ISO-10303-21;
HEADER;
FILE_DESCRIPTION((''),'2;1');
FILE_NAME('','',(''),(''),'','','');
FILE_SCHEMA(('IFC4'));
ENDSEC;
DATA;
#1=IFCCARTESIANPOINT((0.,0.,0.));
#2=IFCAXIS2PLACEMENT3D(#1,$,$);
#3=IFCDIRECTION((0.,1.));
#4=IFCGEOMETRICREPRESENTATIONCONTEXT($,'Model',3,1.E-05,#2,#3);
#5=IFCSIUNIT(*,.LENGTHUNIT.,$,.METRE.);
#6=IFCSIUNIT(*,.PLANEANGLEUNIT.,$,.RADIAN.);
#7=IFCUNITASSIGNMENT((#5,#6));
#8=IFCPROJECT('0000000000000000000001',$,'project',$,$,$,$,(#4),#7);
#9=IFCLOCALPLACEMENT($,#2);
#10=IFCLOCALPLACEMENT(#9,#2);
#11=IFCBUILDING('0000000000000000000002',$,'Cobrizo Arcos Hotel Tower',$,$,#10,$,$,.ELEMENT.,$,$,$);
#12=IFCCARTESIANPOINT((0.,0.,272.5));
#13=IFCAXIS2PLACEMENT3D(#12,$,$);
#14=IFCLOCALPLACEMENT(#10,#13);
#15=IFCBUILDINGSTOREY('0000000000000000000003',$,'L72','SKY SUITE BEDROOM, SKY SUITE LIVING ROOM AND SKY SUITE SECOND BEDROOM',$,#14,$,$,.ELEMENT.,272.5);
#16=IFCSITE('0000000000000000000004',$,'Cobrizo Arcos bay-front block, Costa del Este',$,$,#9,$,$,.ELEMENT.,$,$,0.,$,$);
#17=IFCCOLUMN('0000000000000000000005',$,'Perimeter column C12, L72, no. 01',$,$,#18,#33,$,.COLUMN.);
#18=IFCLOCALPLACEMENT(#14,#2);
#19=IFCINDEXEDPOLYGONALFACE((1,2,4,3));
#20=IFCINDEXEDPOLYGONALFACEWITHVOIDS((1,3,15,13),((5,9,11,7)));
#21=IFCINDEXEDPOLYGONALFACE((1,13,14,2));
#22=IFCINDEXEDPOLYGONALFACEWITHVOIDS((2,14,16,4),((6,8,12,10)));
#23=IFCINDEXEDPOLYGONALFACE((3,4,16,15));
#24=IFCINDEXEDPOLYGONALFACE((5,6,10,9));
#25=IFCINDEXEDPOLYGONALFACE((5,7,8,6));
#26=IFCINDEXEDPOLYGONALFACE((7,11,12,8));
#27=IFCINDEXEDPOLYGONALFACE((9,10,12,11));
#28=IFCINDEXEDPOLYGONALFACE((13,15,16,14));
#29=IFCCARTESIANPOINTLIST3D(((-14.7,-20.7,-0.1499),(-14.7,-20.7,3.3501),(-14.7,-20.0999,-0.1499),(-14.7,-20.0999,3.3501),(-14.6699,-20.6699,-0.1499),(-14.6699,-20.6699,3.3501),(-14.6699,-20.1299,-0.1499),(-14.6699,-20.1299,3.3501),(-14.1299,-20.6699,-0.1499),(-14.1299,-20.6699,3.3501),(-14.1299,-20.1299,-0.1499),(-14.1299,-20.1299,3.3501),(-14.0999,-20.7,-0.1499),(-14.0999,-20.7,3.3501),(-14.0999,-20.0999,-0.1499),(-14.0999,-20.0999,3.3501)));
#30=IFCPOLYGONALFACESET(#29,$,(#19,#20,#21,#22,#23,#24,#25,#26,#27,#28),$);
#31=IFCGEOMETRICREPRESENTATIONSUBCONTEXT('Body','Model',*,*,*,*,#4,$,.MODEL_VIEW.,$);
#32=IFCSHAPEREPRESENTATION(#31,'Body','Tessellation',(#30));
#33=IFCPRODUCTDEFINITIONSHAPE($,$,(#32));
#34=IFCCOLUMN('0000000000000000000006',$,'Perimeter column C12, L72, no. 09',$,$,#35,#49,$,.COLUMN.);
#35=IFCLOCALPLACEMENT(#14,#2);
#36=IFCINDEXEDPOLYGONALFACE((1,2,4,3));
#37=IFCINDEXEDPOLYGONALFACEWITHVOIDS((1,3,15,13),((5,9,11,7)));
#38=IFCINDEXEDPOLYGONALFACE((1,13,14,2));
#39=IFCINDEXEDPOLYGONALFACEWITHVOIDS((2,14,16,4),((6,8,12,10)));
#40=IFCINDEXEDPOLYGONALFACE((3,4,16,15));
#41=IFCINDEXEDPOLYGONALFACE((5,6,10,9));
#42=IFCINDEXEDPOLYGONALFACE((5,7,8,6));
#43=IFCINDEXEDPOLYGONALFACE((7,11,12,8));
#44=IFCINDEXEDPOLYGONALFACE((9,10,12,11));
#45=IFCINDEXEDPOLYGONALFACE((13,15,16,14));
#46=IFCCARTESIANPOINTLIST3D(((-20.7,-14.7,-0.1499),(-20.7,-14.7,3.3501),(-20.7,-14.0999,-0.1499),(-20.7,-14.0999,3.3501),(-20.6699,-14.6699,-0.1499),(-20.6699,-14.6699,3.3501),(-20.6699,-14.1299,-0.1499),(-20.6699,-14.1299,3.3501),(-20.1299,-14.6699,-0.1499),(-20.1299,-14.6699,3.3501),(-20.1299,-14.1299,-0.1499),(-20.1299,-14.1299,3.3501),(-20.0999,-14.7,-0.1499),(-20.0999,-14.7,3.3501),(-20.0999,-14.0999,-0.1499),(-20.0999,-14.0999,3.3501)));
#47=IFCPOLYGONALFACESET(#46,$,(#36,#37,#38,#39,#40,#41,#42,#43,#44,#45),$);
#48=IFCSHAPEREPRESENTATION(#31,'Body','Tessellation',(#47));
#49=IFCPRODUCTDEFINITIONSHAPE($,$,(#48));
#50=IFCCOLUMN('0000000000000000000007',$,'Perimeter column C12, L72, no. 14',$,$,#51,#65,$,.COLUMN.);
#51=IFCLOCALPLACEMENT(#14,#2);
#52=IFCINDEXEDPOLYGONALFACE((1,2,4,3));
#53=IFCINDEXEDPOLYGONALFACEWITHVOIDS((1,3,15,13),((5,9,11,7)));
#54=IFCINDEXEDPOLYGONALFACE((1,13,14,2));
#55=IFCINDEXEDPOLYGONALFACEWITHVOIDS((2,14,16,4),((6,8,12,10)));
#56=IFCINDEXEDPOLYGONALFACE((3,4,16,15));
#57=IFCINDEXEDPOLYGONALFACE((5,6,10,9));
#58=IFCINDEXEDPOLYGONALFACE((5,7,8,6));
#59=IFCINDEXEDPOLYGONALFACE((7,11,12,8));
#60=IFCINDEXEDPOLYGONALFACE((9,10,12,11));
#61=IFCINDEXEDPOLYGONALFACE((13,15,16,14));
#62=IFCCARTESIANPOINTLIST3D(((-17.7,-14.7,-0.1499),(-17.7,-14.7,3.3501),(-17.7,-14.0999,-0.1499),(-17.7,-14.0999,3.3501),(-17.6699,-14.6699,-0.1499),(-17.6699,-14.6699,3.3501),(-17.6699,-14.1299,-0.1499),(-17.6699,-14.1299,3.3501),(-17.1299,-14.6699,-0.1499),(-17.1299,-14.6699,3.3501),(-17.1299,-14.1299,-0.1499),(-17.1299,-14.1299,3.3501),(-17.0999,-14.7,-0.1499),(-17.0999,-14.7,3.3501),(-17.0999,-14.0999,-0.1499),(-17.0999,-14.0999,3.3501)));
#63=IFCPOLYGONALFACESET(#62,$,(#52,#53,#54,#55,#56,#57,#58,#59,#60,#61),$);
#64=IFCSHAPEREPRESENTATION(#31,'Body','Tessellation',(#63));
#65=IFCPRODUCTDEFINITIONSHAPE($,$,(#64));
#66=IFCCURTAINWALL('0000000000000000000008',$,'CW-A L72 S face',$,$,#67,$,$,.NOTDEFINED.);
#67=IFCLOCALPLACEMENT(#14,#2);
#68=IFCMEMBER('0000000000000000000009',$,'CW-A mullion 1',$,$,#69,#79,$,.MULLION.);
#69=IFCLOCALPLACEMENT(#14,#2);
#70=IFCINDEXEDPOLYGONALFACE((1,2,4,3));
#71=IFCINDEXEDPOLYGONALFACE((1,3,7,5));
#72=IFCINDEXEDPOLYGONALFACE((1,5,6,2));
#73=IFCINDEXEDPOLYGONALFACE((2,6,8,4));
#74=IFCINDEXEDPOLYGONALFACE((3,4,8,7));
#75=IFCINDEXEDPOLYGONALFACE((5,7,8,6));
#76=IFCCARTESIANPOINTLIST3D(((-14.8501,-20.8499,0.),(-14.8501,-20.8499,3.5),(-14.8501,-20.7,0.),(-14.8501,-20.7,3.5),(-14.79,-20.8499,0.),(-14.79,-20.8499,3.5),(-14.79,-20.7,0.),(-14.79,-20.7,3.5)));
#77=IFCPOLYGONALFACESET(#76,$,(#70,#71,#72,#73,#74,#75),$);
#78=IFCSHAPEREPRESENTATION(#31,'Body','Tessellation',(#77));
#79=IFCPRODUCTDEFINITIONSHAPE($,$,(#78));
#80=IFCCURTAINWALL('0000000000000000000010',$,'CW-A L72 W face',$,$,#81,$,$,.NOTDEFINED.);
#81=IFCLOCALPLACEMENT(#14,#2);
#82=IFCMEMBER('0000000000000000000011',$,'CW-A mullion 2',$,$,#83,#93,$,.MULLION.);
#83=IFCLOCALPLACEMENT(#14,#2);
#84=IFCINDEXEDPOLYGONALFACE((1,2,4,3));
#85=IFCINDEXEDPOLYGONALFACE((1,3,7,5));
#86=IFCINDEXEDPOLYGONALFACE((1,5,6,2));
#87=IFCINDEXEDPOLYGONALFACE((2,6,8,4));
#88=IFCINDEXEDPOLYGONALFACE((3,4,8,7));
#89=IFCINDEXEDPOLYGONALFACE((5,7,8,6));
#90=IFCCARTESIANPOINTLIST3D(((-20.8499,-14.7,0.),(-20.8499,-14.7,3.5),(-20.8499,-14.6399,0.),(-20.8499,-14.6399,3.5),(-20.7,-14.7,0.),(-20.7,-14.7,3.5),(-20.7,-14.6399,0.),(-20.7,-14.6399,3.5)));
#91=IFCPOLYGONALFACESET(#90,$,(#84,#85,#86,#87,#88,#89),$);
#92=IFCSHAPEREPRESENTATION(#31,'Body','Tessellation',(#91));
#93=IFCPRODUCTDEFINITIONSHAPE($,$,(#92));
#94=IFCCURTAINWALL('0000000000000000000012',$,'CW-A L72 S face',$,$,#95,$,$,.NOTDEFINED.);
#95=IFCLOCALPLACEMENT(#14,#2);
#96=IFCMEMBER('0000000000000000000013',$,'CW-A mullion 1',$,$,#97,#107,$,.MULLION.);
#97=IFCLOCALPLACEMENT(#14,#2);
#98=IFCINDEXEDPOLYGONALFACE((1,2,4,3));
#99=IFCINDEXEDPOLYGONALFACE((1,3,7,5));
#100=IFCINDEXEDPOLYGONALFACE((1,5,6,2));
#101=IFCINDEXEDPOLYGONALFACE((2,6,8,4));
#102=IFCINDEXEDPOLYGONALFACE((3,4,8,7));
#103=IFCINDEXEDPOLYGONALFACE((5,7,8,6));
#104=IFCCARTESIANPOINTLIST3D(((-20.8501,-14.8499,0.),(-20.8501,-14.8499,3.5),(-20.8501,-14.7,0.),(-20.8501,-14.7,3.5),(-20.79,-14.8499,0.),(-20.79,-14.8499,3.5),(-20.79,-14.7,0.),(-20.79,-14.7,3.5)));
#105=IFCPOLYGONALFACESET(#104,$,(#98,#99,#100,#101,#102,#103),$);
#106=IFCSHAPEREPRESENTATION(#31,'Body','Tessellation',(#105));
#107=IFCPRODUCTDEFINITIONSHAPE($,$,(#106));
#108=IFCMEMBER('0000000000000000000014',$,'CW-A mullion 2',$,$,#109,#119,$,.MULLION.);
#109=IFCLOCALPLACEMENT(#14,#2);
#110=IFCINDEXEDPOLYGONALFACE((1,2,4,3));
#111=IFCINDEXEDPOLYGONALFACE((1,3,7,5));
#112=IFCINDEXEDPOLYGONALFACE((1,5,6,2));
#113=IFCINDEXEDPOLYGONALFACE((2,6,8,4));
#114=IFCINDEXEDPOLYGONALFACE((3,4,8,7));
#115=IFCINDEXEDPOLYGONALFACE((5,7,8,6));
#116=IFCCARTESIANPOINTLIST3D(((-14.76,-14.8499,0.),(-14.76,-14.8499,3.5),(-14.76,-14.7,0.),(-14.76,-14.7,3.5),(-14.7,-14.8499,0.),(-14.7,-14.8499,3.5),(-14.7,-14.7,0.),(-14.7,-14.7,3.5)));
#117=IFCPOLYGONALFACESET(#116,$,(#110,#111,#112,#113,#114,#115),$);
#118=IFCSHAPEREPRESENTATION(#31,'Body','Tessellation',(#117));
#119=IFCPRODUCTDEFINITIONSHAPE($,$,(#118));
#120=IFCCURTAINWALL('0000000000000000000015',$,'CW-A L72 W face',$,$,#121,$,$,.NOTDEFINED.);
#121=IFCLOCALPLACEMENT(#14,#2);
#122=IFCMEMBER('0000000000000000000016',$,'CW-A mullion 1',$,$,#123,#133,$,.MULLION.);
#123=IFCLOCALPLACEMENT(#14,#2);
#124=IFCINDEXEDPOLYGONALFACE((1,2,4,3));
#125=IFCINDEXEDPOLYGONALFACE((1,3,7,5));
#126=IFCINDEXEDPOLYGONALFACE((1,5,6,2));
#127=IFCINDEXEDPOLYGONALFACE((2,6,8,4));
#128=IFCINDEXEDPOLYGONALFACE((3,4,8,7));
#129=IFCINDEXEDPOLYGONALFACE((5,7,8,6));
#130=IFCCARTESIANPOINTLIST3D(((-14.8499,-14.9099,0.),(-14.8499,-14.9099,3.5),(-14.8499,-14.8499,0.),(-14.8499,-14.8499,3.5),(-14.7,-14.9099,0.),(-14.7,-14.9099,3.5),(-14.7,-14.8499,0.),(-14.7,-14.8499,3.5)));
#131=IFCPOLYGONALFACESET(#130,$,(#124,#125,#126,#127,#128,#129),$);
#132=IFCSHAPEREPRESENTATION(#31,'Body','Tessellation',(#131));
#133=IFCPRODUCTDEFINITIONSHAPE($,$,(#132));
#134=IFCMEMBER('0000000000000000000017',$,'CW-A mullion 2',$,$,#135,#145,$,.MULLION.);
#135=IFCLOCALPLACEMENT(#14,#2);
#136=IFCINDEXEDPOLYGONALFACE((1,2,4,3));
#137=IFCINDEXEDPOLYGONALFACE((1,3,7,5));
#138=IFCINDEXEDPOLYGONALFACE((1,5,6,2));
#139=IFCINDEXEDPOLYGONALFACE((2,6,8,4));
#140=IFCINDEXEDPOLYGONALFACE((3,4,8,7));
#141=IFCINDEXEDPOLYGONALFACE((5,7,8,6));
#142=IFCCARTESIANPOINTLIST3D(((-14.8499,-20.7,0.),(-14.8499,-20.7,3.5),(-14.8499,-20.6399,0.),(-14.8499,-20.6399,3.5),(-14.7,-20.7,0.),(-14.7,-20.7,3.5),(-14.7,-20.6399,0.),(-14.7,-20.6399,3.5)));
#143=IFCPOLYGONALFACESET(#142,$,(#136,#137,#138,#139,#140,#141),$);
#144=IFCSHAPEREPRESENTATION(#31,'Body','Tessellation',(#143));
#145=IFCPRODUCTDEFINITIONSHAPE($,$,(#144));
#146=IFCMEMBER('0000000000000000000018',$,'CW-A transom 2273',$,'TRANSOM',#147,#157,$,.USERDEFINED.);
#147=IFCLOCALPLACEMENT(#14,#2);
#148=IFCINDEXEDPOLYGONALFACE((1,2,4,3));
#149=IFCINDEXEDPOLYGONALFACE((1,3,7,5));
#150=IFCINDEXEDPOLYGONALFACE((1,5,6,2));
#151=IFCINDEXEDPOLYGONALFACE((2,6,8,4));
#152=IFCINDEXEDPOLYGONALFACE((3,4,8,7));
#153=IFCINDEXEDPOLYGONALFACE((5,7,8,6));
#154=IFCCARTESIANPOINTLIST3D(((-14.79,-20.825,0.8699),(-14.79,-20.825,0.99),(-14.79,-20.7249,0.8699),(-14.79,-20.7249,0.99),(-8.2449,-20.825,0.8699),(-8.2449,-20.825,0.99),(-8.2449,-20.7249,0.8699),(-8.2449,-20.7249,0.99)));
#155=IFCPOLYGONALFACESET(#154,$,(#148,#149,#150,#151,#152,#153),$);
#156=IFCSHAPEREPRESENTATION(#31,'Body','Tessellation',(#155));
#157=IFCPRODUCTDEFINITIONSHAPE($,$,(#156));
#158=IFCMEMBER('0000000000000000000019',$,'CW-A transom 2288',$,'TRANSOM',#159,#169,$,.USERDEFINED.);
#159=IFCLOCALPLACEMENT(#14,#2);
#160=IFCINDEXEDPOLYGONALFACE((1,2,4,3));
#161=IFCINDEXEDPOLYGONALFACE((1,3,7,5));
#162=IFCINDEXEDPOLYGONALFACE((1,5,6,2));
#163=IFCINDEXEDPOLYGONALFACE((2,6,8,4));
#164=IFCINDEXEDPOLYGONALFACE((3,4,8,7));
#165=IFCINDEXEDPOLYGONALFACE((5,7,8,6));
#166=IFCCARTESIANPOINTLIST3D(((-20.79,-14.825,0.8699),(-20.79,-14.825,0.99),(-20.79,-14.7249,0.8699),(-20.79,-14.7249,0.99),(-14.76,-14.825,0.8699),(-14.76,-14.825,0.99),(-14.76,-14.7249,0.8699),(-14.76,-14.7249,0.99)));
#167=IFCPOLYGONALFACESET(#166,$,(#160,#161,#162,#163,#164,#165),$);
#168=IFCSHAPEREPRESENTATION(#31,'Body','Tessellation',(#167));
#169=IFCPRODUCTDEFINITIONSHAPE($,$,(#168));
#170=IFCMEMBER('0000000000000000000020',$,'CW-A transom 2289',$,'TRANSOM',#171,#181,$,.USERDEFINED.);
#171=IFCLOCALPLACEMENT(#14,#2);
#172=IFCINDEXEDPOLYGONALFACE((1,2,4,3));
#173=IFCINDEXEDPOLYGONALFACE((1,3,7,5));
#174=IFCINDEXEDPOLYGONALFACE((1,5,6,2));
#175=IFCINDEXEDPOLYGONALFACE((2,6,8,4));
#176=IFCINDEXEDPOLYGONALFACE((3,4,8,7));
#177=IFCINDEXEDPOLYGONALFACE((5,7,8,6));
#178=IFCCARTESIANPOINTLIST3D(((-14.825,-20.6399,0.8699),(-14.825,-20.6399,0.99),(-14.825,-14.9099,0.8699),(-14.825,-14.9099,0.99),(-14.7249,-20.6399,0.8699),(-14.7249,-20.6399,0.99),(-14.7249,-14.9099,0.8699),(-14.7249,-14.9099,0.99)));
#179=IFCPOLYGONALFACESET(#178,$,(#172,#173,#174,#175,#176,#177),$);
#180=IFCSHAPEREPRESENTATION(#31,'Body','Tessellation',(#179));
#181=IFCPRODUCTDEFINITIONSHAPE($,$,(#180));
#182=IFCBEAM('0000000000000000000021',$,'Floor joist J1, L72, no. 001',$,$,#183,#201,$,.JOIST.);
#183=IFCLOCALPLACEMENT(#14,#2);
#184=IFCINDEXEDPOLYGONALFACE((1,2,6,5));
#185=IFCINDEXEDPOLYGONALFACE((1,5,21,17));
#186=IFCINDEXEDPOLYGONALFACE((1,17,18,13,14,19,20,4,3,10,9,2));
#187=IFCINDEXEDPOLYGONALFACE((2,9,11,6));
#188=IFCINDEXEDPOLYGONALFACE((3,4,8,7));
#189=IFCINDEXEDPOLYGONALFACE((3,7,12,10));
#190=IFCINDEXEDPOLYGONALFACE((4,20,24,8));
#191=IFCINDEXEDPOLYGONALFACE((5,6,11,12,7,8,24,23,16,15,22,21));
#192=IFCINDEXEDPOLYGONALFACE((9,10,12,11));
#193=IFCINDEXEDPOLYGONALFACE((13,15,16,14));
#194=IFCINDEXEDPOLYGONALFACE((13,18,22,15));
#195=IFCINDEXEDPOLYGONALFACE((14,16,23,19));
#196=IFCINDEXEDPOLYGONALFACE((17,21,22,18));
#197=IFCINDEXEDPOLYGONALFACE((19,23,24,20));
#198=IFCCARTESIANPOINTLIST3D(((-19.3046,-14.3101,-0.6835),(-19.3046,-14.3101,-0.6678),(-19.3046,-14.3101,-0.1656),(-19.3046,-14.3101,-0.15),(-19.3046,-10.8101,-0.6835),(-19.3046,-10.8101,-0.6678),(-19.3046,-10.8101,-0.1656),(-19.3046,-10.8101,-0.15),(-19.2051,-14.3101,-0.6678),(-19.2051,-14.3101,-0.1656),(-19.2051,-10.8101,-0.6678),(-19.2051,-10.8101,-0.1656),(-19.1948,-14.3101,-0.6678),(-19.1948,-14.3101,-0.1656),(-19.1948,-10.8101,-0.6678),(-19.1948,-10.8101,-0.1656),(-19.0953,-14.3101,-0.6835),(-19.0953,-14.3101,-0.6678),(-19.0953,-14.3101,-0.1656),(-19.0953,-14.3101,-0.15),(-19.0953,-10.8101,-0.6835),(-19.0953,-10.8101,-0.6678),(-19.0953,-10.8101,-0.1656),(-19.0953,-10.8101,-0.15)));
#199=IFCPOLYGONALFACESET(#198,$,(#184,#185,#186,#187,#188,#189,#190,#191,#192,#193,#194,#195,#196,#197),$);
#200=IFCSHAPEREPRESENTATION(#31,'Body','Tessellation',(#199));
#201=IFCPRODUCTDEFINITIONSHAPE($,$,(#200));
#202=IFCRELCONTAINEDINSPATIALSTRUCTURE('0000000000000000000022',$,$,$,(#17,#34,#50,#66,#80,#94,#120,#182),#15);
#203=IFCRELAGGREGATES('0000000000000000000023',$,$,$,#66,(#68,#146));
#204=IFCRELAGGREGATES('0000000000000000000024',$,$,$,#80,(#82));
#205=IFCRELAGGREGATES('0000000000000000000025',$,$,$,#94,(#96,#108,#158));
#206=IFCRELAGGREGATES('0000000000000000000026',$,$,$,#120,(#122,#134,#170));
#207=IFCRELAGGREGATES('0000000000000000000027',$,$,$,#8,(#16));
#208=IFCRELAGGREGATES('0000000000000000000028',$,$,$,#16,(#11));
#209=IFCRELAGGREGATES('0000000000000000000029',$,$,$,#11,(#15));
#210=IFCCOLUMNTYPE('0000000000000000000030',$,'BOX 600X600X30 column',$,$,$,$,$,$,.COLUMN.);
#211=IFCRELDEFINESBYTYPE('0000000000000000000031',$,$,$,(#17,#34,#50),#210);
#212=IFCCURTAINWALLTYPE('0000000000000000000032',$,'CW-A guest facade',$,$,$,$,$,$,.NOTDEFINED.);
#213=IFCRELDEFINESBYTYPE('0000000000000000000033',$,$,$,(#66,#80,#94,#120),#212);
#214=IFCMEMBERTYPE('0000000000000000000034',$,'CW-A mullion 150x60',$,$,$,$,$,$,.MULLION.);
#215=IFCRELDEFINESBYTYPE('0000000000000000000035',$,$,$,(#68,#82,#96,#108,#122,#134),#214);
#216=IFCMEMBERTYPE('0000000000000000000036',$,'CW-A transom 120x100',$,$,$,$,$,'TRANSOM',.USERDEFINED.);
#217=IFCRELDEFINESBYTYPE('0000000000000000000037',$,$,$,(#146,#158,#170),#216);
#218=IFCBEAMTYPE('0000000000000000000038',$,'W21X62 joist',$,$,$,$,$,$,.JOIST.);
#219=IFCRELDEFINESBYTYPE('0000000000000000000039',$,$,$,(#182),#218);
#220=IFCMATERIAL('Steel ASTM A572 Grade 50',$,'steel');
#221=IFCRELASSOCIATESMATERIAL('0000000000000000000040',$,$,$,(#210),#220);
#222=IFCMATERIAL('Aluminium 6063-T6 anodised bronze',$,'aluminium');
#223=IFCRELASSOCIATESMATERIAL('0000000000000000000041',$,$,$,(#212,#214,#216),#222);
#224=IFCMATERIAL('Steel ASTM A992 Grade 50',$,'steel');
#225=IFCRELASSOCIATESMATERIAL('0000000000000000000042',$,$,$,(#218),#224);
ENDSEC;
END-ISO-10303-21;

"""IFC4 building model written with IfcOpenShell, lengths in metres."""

from ifc_helpers import new_model, si_unit, direction, frame, origin, origin_2d, place, context, subcontext, project, spatial, rectangle, hollow_rectangle, i_section, extrude, material, material_profile, profile_set, type_object, element, aggregate, save


model = new_model("IFC4")

# Units and contexts
model_context = context("Model", 3, precision=1e-05, world=origin(), true_north=direction((0.0, 1.0)))
body_context = subcontext(model_context, "Body", "Model", "MODEL_VIEW")
ifc_project = project(units=[si_unit("LENGTHUNIT", "METRE"), si_unit("PLANEANGLEUNIT", "RADIAN")], contexts=[model_context])

# Site, building, storey
site_placement = place(None, origin())
site = spatial("IfcSite", under=ifc_project, at=site_placement, Name="Cobrizo Arcos bay-front block, Costa del Este", CompositionType="ELEMENT", RefElevation=0.0)
building_placement = place(site_placement, origin())
building = spatial("IfcBuilding", under=site, at=building_placement, Name="Cobrizo Arcos Hotel Tower", CompositionType="ELEMENT")
storey_placement = place(building_placement, frame((0.0, 0.0, 272.5)))
storey = spatial("IfcBuildingStorey", under=building, at=storey_placement, Name="L72", Description="SKY SUITE BEDROOM, SKY SUITE LIVING ROOM AND SKY SUITE SECOND BEDROOM", CompositionType="ELEMENT", Elevation=272.5)

# Columns
ifc_material_1 = material(Name="Steel ASTM A572 Grade 50", Category="steel")
ifc_material_profile_1 = material_profile(ifc_material_1, hollow_rectangle(XDim=0.6001, YDim=0.6001, WallThickness=0.03, at=origin_2d()), Name="BOX 600X600X30")
ifc_profile_set_1 = profile_set([ifc_material_profile_1], Name="Steel ASTM A572 Grade 50")
column_type = type_object("IfcColumnType", Name="BOX 600X600X30 column", PredefinedType="COLUMN", material=ifc_profile_set_1)
for number, where, z_axis, x_axis, name in (
    (1, (-14.3999, -20.3999, -0.1499), (0.0, 0.0, 1.0), (1.0, 0.0, 0.0), "Perimeter column C12, L72, no. 01"),
    (2, (-20.3999, -14.3999, -0.1499), (0.0, 0.0, 1.0), (1.0, 0.0, 0.0), "Perimeter column C12, L72, no. 09"),
    (3, (-17.3999, -14.3999, -0.1499), (0.0, 0.0, 1.0), (1.0, 0.0, 0.0), "Perimeter column C12, L72, no. 14"),
):
    element("IfcColumn", number, at=place(storey_placement, frame(where, z_axis=z_axis, x_axis=x_axis)), inside=storey, type_object=column_type, Name=name, PredefinedType="COLUMN", context=body_context, shape_type="SweptSolid", body=[
        extrude(hollow_rectangle(XDim=0.6001, YDim=0.6001, WallThickness=0.03, at=origin_2d()), origin(), (0.0, 0.0, 1.0), 3.5),
    ])

# Curtain walls, members
ifc_material_2 = material(Name="Aluminium 6063-T6 anodised bronze", Category="aluminium")
curtain_wall_type = type_object("IfcCurtainWallType", Name="CW-A guest facade", PredefinedType="NOTDEFINED", material=ifc_material_2)
curtain_wall_1_placement = place(storey_placement, origin())
curtain_wall_1 = element("IfcCurtainWall", 4, at=curtain_wall_1_placement, inside=storey, type_object=curtain_wall_type, Name="CW-A L72 S face", PredefinedType="NOTDEFINED")
ifc_material_profile_2 = material_profile(ifc_material_2, rectangle(XDim=0.1499, YDim=0.0601, at=origin_2d()), Name="CW-A mullion 150x60")
ifc_profile_set_2 = profile_set([ifc_material_profile_2], Name="Aluminium 6063-T6 anodised bronze")
member_type_1 = type_object("IfcMemberType", Name="CW-A mullion 150x60", PredefinedType="MULLION", material=ifc_profile_set_2)
member_1_placement = place(storey_placement, frame((-14.8201, -20.7749, 0.0), z_axis=(0.0, 0.0, 1.0), x_axis=(0.0, -1.0, 0.0)))
member_1 = element("IfcMember", 5, at=member_1_placement, type_object=member_type_1, Name="CW-A mullion 1", PredefinedType="MULLION", context=body_context, shape_type="SweptSolid", body=[
    extrude(rectangle(XDim=0.1499, YDim=0.0601, at=origin_2d()), origin(), (0.0, 0.0, 1.0), 3.5),
])
curtain_wall_2_placement = place(storey_placement, origin())
curtain_wall_2 = element("IfcCurtainWall", 6, at=curtain_wall_2_placement, inside=storey, type_object=curtain_wall_type, Name="CW-A L72 W face", PredefinedType="NOTDEFINED")
member_2_placement = place(storey_placement, frame((-20.7749, -14.6699, 0.0), z_axis=(0.0, 0.0, 1.0), x_axis=(-1.0, 0.0, 0.0)))
member_2 = element("IfcMember", 7, at=member_2_placement, type_object=member_type_1, Name="CW-A mullion 2", PredefinedType="MULLION", context=body_context, shape_type="SweptSolid", body=[
    extrude(rectangle(XDim=0.1499, YDim=0.0601, at=origin_2d()), origin(), (0.0, 0.0, 1.0), 3.5),
])

# Curtain walls, members
curtain_wall_3_placement = place(storey_placement, origin())
curtain_wall_3 = element("IfcCurtainWall", 8, at=curtain_wall_3_placement, inside=storey, type_object=curtain_wall_type, Name="CW-A L72 S face", PredefinedType="NOTDEFINED")
member_3_placement = place(storey_placement, frame((-20.8201, -14.7749, 0.0), z_axis=(0.0, 0.0, 1.0), x_axis=(0.0, -1.0, 0.0)))
member_3 = element("IfcMember", 9, at=member_3_placement, type_object=member_type_1, Name="CW-A mullion 1", PredefinedType="MULLION", context=body_context, shape_type="SweptSolid", body=[
    extrude(rectangle(XDim=0.1499, YDim=0.0601, at=origin_2d()), origin(), (0.0, 0.0, 1.0), 3.5),
])
member_4_placement = place(storey_placement, frame((-14.73, -14.7749, 0.0), z_axis=(0.0, 0.0, 1.0), x_axis=(0.0, -1.0, 0.0)))
member_4 = element("IfcMember", 10, at=member_4_placement, type_object=member_type_1, Name="CW-A mullion 2", PredefinedType="MULLION", context=body_context, shape_type="SweptSolid", body=[
    extrude(rectangle(XDim=0.1499, YDim=0.0601, at=origin_2d()), origin(), (0.0, 0.0, 1.0), 3.5),
])
curtain_wall_4_placement = place(storey_placement, origin())
curtain_wall_4 = element("IfcCurtainWall", 11, at=curtain_wall_4_placement, inside=storey, type_object=curtain_wall_type, Name="CW-A L72 W face", PredefinedType="NOTDEFINED")
member_5_placement = place(storey_placement, frame((-14.7749, -14.8799, 0.0), z_axis=(0.0, 0.0, 1.0), x_axis=(-1.0, 0.0, 0.0)))
member_5 = element("IfcMember", 12, at=member_5_placement, type_object=member_type_1, Name="CW-A mullion 1", PredefinedType="MULLION", context=body_context, shape_type="SweptSolid", body=[
    extrude(rectangle(XDim=0.1499, YDim=0.0601, at=origin_2d()), origin(), (0.0, 0.0, 1.0), 3.5),
])
member_6_placement = place(storey_placement, frame((-14.7749, -20.6699, 0.0), z_axis=(0.0, 0.0, 1.0), x_axis=(-1.0, 0.0, 0.0)))
member_6 = element("IfcMember", 13, at=member_6_placement, type_object=member_type_1, Name="CW-A mullion 2", PredefinedType="MULLION", context=body_context, shape_type="SweptSolid", body=[
    extrude(rectangle(XDim=0.1499, YDim=0.0601, at=origin_2d()), origin(), (0.0, 0.0, 1.0), 3.5),
])

# Members
ifc_material_profile_3 = material_profile(ifc_material_2, rectangle(XDim=0.1001, YDim=0.1201, at=origin_2d()), Name="CW-A transom 120x100")
ifc_profile_set_3 = profile_set([ifc_material_profile_3], Name="Aluminium 6063-T6 anodised bronze")
member_type_2 = type_object("IfcMemberType", Name="CW-A transom 120x100", ElementType="TRANSOM", PredefinedType="USERDEFINED", material=ifc_profile_set_3)
member_7_placement = place(storey_placement, frame((-14.79, -20.7749, 0.9299), z_axis=(1.0, 0.0, 0.0), x_axis=(0.0, 1.0, 0.0)))
member_7 = element("IfcMember", 14, at=member_7_placement, type_object=member_type_2, Name="CW-A transom 2273", ObjectType="TRANSOM", PredefinedType="USERDEFINED", context=body_context, shape_type="SweptSolid", body=[
    extrude(rectangle(XDim=0.1001, YDim=0.1201, at=origin_2d()), origin(), (0.0, 0.0, 1.0), 6.5452),
])
aggregate(curtain_wall_1, [member_1, member_7])
member_8_placement = place(storey_placement, frame((-20.79, -14.7749, 0.9299), z_axis=(1.0, 0.0, 0.0), x_axis=(0.0, 1.0, 0.0)))
member_8 = element("IfcMember", 15, at=member_8_placement, type_object=member_type_2, Name="CW-A transom 2288", ObjectType="TRANSOM", PredefinedType="USERDEFINED", context=body_context, shape_type="SweptSolid", body=[
    extrude(rectangle(XDim=0.1001, YDim=0.1201, at=origin_2d()), origin(), (0.0, 0.0, 1.0), 6.03),
])
member_9_placement = place(storey_placement, frame((-14.7749, -14.9099, 0.9299), z_axis=(0.0, -1.0, 0.0), x_axis=(1.0, 0.0, 0.0)))
member_9 = element("IfcMember", 16, at=member_9_placement, type_object=member_type_2, Name="CW-A transom 2289", ObjectType="TRANSOM", PredefinedType="USERDEFINED", context=body_context, shape_type="SweptSolid", body=[
    extrude(rectangle(XDim=0.1001, YDim=0.1201, at=origin_2d()), origin(), (0.0, 0.0, 1.0), 5.73),
])

# Beam
ifc_material_3 = material(Name="Steel ASTM A992 Grade 50", Category="steel")
ifc_material_profile_4 = material_profile(ifc_material_3, i_section(OverallWidth=0.2092, OverallDepth=0.5334, WebThickness=0.0103, FlangeThickness=0.0156, at=origin_2d()), Name="W21X62")
ifc_profile_set_4 = profile_set([ifc_material_profile_4], Name="Steel ASTM A992 Grade 50")
beam_type_1 = type_object("IfcBeamType", Name="W21X62 joist", PredefinedType="JOIST", material=ifc_profile_set_4)
beam_1_placement = place(storey_placement, frame((-19.2, -14.3101, -0.4167), z_axis=(0.0, 1.0, 0.0), x_axis=(-1.0, 0.0, 0.0)))
element("IfcBeam", 17, at=beam_1_placement, inside=storey, type_object=beam_type_1, Name="Floor joist J1, L72, no. 001", PredefinedType="JOIST", context=body_context, shape_type="SweptSolid", body=[
    extrude(i_section(OverallWidth=0.2092, OverallDepth=0.5334, WebThickness=0.0103, FlangeThickness=0.0156, at=origin_2d()), origin(), (0.0, 0.0, 1.0), 3.5),
])

aggregate(curtain_wall_2, [member_2])
aggregate(curtain_wall_3, [member_3, member_4, member_8])
aggregate(curtain_wall_4, [member_5, member_6, member_9])

save(model, "model.ifc")
